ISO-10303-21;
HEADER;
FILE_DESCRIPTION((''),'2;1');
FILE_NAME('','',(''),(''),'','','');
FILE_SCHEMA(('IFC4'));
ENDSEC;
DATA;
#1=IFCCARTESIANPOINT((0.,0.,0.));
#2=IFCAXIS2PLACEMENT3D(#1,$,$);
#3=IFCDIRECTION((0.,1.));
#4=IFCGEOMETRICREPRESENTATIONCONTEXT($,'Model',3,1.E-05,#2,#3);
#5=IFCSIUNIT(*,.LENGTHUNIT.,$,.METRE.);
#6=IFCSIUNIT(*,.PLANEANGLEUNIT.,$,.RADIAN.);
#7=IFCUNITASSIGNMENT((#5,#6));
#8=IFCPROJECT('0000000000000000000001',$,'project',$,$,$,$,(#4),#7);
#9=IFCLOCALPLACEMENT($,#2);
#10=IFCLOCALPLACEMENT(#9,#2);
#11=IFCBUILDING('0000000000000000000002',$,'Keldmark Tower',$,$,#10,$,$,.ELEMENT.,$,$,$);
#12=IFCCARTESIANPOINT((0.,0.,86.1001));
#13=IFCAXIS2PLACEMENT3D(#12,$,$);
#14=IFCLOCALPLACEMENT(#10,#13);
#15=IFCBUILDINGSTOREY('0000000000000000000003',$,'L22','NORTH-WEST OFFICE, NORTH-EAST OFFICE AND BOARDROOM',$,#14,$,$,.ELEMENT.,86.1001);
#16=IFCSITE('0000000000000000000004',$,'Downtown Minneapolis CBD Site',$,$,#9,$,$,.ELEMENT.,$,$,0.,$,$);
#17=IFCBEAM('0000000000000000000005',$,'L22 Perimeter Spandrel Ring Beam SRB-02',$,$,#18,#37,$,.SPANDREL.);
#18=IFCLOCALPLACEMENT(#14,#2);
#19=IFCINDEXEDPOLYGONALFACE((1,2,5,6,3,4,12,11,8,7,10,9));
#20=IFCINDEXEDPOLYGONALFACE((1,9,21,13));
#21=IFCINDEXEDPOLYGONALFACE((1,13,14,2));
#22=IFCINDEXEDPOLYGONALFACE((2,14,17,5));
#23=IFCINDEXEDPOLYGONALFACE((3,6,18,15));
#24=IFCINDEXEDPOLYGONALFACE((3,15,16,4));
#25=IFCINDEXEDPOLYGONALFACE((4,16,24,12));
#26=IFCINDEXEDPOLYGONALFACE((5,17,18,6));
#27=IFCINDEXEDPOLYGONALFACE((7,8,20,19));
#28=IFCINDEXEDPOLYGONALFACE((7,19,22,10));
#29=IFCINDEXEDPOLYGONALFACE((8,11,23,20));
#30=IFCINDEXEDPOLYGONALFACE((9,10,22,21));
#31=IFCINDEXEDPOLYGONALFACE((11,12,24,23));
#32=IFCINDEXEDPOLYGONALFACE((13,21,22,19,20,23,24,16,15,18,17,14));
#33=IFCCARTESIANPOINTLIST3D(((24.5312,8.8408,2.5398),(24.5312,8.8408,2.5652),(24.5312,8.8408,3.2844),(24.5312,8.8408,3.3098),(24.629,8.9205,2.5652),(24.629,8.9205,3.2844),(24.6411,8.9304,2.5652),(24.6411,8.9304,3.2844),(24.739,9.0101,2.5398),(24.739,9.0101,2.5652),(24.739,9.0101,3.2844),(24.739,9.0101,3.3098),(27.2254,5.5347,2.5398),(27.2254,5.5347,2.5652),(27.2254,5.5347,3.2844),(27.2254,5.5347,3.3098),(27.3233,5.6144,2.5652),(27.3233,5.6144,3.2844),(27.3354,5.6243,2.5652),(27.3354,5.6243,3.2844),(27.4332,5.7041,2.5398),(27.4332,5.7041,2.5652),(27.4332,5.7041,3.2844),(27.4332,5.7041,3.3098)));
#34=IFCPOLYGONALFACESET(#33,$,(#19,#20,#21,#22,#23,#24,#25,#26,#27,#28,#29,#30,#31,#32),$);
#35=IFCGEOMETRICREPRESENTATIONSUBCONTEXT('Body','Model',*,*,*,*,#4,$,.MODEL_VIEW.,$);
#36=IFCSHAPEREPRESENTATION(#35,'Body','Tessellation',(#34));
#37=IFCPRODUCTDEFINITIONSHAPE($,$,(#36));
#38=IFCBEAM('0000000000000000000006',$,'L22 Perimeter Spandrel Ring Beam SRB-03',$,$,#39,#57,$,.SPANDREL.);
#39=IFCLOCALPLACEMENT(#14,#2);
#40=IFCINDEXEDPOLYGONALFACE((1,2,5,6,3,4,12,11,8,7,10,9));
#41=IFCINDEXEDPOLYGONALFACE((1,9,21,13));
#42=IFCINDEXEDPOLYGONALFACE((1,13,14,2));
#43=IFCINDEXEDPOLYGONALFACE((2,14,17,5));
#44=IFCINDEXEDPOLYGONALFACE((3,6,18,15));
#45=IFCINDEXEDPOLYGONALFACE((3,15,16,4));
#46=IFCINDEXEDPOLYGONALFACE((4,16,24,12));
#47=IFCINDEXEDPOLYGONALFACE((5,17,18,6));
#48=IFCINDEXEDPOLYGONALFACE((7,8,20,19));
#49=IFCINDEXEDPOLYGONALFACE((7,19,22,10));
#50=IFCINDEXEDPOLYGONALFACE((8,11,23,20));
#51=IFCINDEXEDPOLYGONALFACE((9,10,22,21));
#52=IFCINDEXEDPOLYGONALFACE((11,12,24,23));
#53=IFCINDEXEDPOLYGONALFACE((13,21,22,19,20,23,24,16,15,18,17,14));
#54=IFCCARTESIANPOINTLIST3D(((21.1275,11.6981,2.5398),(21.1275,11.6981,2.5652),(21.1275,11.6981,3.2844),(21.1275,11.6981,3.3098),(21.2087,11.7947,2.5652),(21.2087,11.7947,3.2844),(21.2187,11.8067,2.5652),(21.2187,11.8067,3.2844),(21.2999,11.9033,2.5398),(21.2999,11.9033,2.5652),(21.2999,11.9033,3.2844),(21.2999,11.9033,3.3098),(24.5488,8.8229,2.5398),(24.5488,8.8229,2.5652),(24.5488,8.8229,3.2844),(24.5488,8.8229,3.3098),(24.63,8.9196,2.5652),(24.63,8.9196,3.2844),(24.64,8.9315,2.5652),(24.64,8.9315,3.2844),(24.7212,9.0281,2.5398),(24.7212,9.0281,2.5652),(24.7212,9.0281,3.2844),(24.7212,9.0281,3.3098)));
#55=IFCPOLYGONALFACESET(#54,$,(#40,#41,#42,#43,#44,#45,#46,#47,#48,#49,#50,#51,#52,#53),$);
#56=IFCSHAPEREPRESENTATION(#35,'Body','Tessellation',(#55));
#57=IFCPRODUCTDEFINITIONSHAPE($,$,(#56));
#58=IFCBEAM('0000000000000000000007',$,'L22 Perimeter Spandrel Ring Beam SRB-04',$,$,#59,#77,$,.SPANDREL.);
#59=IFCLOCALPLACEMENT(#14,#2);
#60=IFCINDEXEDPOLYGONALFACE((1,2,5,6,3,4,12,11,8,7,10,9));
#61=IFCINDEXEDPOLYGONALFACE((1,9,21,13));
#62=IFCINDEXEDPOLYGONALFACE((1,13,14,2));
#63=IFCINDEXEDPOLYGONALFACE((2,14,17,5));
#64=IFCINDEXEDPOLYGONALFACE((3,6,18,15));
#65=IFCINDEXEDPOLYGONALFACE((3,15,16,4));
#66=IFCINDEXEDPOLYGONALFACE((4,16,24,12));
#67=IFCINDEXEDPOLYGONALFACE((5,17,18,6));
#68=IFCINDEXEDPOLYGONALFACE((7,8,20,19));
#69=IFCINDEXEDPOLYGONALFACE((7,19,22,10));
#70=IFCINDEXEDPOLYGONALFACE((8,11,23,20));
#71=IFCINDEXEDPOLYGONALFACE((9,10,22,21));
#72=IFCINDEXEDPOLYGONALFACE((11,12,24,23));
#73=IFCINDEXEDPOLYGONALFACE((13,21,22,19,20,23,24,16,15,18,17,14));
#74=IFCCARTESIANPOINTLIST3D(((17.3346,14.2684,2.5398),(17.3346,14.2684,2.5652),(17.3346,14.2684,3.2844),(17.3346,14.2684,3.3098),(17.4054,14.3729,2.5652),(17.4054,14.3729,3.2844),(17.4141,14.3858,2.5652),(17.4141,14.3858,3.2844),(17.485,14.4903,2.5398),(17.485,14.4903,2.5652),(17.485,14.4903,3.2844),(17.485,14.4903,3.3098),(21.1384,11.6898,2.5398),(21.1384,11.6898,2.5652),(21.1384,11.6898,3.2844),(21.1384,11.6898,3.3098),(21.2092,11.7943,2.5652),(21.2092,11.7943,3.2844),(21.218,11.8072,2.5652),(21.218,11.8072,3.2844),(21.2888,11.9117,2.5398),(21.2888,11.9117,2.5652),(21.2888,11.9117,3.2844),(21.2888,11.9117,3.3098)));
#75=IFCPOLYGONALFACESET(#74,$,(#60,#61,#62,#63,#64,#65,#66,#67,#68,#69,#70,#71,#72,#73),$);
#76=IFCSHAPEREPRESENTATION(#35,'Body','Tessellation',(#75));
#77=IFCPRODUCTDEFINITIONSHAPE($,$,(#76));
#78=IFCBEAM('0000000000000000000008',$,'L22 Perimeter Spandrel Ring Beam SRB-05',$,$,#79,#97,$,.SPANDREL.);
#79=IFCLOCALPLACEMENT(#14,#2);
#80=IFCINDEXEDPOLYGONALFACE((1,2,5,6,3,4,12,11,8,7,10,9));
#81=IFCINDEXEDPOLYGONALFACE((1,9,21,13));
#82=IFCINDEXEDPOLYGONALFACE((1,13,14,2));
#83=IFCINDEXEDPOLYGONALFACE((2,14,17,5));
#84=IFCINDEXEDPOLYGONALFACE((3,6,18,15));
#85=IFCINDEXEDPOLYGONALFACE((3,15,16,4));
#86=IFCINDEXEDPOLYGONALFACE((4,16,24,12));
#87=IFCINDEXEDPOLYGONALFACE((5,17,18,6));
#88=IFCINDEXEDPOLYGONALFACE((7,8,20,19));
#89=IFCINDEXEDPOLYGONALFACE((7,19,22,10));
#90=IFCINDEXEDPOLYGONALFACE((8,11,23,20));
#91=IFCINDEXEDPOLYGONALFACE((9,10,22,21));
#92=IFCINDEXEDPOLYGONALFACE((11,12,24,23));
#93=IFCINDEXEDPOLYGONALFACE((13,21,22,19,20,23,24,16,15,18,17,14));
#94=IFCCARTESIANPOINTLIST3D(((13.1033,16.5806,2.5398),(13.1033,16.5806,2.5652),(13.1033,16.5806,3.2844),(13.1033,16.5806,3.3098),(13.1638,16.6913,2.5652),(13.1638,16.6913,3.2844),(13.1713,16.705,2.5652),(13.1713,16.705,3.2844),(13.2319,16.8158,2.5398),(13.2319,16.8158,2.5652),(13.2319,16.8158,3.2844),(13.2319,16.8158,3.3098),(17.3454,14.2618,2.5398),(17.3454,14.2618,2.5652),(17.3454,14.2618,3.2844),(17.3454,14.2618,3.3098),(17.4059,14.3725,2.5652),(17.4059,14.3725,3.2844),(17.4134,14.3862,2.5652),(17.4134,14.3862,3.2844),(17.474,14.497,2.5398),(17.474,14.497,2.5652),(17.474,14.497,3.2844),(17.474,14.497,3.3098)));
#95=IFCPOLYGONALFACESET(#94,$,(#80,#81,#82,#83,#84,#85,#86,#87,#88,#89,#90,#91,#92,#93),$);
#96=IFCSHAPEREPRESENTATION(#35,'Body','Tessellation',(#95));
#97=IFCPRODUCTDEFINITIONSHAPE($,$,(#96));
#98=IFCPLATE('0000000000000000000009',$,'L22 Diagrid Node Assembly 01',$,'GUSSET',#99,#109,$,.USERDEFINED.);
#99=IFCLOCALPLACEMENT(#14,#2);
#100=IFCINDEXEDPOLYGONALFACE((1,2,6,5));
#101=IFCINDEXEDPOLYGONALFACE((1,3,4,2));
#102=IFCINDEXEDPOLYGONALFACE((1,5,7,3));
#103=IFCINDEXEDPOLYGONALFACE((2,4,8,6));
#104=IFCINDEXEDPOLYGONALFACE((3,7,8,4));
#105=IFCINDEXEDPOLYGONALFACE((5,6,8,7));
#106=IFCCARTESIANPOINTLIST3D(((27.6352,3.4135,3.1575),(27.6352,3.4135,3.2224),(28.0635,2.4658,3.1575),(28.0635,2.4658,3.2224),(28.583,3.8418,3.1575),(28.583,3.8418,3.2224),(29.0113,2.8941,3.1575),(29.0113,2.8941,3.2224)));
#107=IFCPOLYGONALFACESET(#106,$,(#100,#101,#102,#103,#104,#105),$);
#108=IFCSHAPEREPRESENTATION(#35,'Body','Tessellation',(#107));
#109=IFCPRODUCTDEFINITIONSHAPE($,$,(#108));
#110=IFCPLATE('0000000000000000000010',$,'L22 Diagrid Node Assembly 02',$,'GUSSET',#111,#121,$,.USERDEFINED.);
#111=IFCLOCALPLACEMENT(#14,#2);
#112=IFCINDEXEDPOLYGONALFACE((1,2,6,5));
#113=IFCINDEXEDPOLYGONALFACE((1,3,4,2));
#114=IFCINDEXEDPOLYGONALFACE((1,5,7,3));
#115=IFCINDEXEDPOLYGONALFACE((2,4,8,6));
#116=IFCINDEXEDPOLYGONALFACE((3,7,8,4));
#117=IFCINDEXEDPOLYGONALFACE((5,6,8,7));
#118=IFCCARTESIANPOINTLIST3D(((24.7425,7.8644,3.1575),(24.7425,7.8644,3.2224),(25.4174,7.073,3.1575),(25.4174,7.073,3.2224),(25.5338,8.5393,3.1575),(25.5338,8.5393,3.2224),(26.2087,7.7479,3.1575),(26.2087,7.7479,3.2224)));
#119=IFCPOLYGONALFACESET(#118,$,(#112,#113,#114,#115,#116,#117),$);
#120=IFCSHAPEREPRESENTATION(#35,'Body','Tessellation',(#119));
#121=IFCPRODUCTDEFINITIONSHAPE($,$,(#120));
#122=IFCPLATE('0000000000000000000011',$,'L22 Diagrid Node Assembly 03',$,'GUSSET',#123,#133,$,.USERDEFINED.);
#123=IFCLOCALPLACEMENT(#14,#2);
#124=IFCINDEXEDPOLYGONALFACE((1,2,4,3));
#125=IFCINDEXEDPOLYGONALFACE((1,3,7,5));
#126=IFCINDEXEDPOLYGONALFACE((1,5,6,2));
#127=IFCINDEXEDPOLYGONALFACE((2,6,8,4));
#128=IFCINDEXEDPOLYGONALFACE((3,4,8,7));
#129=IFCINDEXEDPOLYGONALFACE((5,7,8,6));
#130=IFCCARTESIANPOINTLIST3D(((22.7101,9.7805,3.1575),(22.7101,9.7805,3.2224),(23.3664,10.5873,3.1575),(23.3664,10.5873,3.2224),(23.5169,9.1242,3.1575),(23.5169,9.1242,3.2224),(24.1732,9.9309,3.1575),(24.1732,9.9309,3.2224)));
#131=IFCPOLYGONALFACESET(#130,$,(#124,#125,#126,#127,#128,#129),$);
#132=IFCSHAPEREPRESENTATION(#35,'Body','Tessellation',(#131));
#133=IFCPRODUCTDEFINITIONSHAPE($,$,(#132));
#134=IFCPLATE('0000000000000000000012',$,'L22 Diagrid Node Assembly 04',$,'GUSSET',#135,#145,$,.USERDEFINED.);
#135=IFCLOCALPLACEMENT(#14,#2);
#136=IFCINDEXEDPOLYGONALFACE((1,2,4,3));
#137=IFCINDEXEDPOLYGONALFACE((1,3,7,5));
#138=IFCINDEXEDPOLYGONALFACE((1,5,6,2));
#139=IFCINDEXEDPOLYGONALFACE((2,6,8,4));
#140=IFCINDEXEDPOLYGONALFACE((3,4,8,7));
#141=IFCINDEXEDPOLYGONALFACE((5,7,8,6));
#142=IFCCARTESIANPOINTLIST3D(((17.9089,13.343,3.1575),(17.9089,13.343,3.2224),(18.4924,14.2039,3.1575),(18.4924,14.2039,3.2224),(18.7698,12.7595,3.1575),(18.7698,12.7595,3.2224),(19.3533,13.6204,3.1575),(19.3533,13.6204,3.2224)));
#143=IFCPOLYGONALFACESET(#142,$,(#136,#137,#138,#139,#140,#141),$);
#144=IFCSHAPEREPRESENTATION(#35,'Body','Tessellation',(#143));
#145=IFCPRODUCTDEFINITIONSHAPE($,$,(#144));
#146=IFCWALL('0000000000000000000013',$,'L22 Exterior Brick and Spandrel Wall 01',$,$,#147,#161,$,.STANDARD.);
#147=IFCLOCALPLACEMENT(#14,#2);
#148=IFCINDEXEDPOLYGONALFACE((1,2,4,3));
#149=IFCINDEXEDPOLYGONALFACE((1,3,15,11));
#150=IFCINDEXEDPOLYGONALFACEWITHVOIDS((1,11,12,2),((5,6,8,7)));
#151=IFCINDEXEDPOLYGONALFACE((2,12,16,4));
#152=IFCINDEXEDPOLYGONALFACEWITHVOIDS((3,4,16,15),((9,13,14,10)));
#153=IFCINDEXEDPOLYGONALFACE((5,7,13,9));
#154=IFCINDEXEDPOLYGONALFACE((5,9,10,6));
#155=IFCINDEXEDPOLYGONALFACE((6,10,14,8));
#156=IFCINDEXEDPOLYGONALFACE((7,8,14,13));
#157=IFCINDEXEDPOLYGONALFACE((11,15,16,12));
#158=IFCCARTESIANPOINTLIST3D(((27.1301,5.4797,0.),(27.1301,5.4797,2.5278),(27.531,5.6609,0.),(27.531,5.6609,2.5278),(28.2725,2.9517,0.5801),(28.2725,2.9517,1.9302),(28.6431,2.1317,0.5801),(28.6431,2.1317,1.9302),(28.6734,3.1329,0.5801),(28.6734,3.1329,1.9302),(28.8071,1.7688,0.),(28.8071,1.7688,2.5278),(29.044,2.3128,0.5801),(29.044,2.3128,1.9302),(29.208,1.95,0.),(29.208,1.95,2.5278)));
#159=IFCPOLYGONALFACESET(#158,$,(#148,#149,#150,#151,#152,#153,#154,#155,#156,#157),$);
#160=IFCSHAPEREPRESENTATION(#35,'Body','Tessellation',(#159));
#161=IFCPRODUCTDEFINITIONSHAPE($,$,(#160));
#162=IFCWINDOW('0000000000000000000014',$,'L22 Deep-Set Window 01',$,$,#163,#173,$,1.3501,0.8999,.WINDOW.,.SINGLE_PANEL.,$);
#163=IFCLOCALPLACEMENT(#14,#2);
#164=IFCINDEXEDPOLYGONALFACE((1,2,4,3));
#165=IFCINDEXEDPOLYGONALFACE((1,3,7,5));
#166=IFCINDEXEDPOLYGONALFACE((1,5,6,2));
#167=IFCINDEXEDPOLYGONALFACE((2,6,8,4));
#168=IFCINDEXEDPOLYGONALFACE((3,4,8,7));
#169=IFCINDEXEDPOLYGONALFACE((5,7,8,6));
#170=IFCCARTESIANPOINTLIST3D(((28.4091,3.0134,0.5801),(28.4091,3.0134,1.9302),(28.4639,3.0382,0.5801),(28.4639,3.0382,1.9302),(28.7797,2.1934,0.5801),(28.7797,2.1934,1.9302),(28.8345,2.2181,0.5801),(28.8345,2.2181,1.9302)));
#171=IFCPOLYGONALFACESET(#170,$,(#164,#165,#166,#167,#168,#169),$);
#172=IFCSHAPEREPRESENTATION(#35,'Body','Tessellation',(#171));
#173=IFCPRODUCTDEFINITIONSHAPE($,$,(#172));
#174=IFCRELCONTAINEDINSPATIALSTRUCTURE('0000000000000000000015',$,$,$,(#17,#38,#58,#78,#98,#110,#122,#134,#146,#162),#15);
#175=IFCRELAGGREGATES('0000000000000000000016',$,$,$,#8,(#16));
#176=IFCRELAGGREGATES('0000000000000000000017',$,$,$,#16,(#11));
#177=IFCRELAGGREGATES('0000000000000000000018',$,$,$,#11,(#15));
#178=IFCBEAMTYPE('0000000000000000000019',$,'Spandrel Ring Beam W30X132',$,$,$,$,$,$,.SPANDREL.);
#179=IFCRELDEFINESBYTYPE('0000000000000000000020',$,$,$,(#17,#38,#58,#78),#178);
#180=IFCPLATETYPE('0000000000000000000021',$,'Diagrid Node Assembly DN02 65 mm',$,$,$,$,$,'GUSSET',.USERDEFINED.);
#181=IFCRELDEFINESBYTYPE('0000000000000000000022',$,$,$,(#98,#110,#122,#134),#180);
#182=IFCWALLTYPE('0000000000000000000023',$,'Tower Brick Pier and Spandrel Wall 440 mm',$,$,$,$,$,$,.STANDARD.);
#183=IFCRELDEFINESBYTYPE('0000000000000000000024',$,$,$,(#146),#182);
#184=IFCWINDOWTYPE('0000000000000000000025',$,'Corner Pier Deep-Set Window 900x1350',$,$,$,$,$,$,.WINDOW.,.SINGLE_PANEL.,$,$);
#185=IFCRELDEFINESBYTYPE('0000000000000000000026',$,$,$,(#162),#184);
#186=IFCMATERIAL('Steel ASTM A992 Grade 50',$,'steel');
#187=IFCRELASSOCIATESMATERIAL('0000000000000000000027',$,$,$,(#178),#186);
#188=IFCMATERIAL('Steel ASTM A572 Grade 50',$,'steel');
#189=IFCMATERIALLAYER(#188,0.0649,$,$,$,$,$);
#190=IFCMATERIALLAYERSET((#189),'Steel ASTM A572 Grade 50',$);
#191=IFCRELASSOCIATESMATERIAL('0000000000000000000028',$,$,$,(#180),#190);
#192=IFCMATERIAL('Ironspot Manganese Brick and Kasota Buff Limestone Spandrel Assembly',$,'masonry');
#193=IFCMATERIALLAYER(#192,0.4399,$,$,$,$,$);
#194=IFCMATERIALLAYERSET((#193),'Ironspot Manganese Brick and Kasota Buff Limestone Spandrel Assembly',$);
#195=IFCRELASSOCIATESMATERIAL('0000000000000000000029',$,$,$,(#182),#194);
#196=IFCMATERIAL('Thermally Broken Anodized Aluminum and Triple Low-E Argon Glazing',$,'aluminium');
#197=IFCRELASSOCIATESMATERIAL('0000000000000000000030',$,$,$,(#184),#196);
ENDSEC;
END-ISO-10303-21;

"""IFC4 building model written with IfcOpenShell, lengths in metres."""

from ifc_helpers import new_model, si_unit, direction, frame, frame_2d, origin, origin_2d, place, context, subcontext, project, spatial, rectangle, i_section, extrude, material, layer, layer_set, material_profile, profile_set, type_object, element, fill, save


model = new_model("IFC4")

# Units and contexts
model_context = context("Model", 3, precision=1e-05, world=origin(), true_north=direction((0.0, 1.0)))
body_context = subcontext(model_context, "Body", "Model", "MODEL_VIEW")
ifc_project = project(units=[si_unit("LENGTHUNIT", "METRE"), si_unit("PLANEANGLEUNIT", "RADIAN")], contexts=[model_context])

# Site, building, storey
site_placement = place(None, origin())
site = spatial("IfcSite", under=ifc_project, at=site_placement, Name="Downtown Minneapolis CBD Site", CompositionType="ELEMENT", RefElevation=0.0)
building_placement = place(site_placement, origin())
building = spatial("IfcBuilding", under=site, at=building_placement, Name="Keldmark Tower", CompositionType="ELEMENT")
storey_placement = place(building_placement, frame((0.0, 0.0, 86.1001)))
storey = spatial("IfcBuildingStorey", under=building, at=storey_placement, Name="L22", Description="NORTH-WEST OFFICE, NORTH-EAST OFFICE AND BOARDROOM", CompositionType="ELEMENT", Elevation=86.1001)

# Beams
ifc_material_1 = material(Name="Steel ASTM A992 Grade 50", Category="steel")
ifc_material_profile_1 = material_profile(ifc_material_1, i_section(OverallWidth=0.2681, OverallDepth=0.77, WebThickness=0.0156, FlangeThickness=0.0254, at=origin_2d()), Name="W30X132")
ifc_profile_set_1 = profile_set([ifc_material_profile_1], Name="Steel ASTM A992 Grade 50")
beam_type_1 = type_object("IfcBeamType", Name="Spandrel Ring Beam W30X132", PredefinedType="SPANDREL", material=ifc_profile_set_1)
beam_1_placement = place(storey_placement, frame((27.3293, 5.6194, 2.9248), z_axis=(-0.631734, 0.775185, 0.0), x_axis=(-0.775185, -0.631734, 0.0)))
element("IfcBeam", 1, at=beam_1_placement, inside=storey, type_object=beam_type_1, Name="L22 Perimeter Spandrel Ring Beam SRB-02", PredefinedType="SPANDREL", context=body_context, shape_type="SweptSolid", body=[
    extrude(i_section(OverallWidth=0.2681, OverallDepth=0.77, WebThickness=0.0156, FlangeThickness=0.0254, at=origin_2d()), origin(), (0.0, 0.0, 1.0), 4.2649),
])
beam_2_placement = place(storey_placement, frame((24.635, 8.9255, 2.9248), z_axis=(-0.765564, 0.64336, 0.0), x_axis=(-0.64336, -0.765564, 0.0)))
element("IfcBeam", 2, at=beam_2_placement, inside=storey, type_object=beam_type_1, Name="L22 Perimeter Spandrel Ring Beam SRB-03", PredefinedType="SPANDREL", context=body_context, shape_type="SweptSolid", body=[
    extrude(i_section(OverallWidth=0.2681, OverallDepth=0.77, WebThickness=0.0156, FlangeThickness=0.0254, at=origin_2d()), origin(), (0.0, 0.0, 1.0), 4.469),
])
beam_3_placement = place(storey_placement, frame((21.2136, 11.8008, 2.9248), z_axis=(-0.827743, 0.561108, 0.0), x_axis=(-0.561108, -0.827743, 0.0)))
element("IfcBeam", 3, at=beam_3_placement, inside=storey, type_object=beam_type_1, Name="L22 Perimeter Spandrel Ring Beam SRB-04", PredefinedType="SPANDREL", context=body_context, shape_type="SweptSolid", body=[
    extrude(i_section(OverallWidth=0.2681, OverallDepth=0.77, WebThickness=0.0156, FlangeThickness=0.0254, at=origin_2d()), origin(), (0.0, 0.0, 1.0), 4.5955),
])
beam_4_placement = place(storey_placement, frame((17.4097, 14.3794, 2.9248), z_axis=(-0.877467, 0.479637, 0.0), x_axis=(-0.479637, -0.877467, 0.0)))
element("IfcBeam", 4, at=beam_4_placement, inside=storey, type_object=beam_type_1, Name="L22 Perimeter Spandrel Ring Beam SRB-05", PredefinedType="SPANDREL", context=body_context, shape_type="SweptSolid", body=[
    extrude(i_section(OverallWidth=0.2681, OverallDepth=0.77, WebThickness=0.0156, FlangeThickness=0.0254, at=origin_2d()), origin(), (0.0, 0.0, 1.0), 4.8345),
])

# Plates
ifc_material_2 = material(Name="Steel ASTM A572 Grade 50", Category="steel")
ifc_layer_1 = layer(ifc_material_2, 0.0649)
ifc_layer_set_1 = layer_set([ifc_layer_1], Name="Steel ASTM A572 Grade 50")
plate_type = type_object("IfcPlateType", Name="Diagrid Node Assembly DN02 65 mm", ElementType="GUSSET", PredefinedType="USERDEFINED", material=ifc_layer_set_1)
for number, where, z_axis, x_axis, name in (
    (5, (28.3232, 3.1538, 3.1575), (0.0, 0.0, 1.0), (-0.411832, 0.91126, 0.0), "L22 Diagrid Node Assembly 01"),
    (6, (25.4756, 7.8062, 3.1575), (0.0, 0.0, 1.0), (-0.648917, 0.760859, 0.0), "L22 Diagrid Node Assembly 02"),
    (7, (23.4417, 9.8557, 3.1575), (0.0, 0.0, 1.0), (-0.775716, 0.631082, 0.0), "L22 Diagrid Node Assembly 03"),
    (8, (18.6311, 13.4817, 3.1575), (0.0, 0.0, 1.0), (-0.827767, 0.561072, 0.0), "L22 Diagrid Node Assembly 04"),
):
    element("IfcPlate", number, at=place(storey_placement, frame(where, z_axis=z_axis, x_axis=x_axis)), inside=storey, type_object=plate_type, Name=name, ObjectType="GUSSET", PredefinedType="USERDEFINED", context=body_context, shape_type="SweptSolid", body=[
        extrude(rectangle(XDim=1.04, YDim=1.04, at=origin_2d()), origin(), (0.0, 0.0, 1.0), 0.0649),
    ])

# Wall, opening, window
ifc_material_3 = material(Name="Ironspot Manganese Brick and Kasota Buff Limestone Spandrel Assembly", Category="masonry")
ifc_layer_2 = layer(ifc_material_3, 0.4399)
ifc_layer_set_2 = layer_set([ifc_layer_2], Name="Ironspot Manganese Brick and Kasota Buff Limestone Spandrel Assembly")
wall_type = type_object("IfcWallType", Name="Tower Brick Pier and Spandrel Wall 440 mm", PredefinedType="STANDARD", material=ifc_layer_set_2)
wall_1_placement = place(storey_placement, frame((27.3306, 5.5703, 0.0), z_axis=(0.0, 0.0, 1.0), x_axis=(0.41181, -0.91127, 0.0)))
wall_1 = element("IfcWall", 9, at=wall_1_placement, inside=storey, type_object=wall_type, Name="L22 Exterior Brick and Spandrel Wall 01", PredefinedType="STANDARD", context=body_context, shape_type="SweptSolid", body=[
    extrude(rectangle(XDim=4.0723, YDim=0.4399, at=frame_2d((2.0361, 0.0))), origin(), (0.0, 0.0, 1.0), 2.5278),
])
opening_1_placement = place(wall_1_placement, frame((2.7742, 0.0, 0.5801)))
opening_1 = element("IfcOpeningElement", 10, at=opening_1_placement, cuts=wall_1, PredefinedType="OPENING", context=body_context, shape_type="SweptSolid", body=[
    extrude(rectangle(XDim=0.8999, YDim=1.3501, at=frame_2d((0.45, 0.675))), frame((0.0, 0.23, 0.0), z_axis=(0.0, -1.0, 0.0), x_axis=(1.0, 0.0, 0.0)), (0.0, 0.0, 1.0), 0.46),
])
ifc_material_4 = material(Name="Thermally Broken Anodized Aluminum and Triple Low-E Argon Glazing", Category="aluminium")
window_type = type_object("IfcWindowType", Name="Corner Pier Deep-Set Window 900x1350", PartitioningType="SINGLE_PANEL", PredefinedType="WINDOW", material=ifc_material_4)
window_1_placement = place(opening_1_placement, origin())
window_1 = element("IfcWindow", 11, at=window_1_placement, inside=storey, type_object=window_type, Name="L22 Deep-Set Window 01", OverallHeight=1.3501, OverallWidth=0.8999, PartitioningType="SINGLE_PANEL", PredefinedType="WINDOW", context=body_context, shape_type="SweptSolid", body=[
    extrude(rectangle(XDim=0.8999, YDim=1.3501, at=frame_2d((0.45, 0.675))), frame((0.0, -0.01, 0.0), z_axis=(0.0, -1.0, 0.0), x_axis=(1.0, 0.0, 0.0)), (0.0, 0.0, 1.0), 0.0601),
])
fill(opening_1, window_1)

save(model, "model.ifc")
